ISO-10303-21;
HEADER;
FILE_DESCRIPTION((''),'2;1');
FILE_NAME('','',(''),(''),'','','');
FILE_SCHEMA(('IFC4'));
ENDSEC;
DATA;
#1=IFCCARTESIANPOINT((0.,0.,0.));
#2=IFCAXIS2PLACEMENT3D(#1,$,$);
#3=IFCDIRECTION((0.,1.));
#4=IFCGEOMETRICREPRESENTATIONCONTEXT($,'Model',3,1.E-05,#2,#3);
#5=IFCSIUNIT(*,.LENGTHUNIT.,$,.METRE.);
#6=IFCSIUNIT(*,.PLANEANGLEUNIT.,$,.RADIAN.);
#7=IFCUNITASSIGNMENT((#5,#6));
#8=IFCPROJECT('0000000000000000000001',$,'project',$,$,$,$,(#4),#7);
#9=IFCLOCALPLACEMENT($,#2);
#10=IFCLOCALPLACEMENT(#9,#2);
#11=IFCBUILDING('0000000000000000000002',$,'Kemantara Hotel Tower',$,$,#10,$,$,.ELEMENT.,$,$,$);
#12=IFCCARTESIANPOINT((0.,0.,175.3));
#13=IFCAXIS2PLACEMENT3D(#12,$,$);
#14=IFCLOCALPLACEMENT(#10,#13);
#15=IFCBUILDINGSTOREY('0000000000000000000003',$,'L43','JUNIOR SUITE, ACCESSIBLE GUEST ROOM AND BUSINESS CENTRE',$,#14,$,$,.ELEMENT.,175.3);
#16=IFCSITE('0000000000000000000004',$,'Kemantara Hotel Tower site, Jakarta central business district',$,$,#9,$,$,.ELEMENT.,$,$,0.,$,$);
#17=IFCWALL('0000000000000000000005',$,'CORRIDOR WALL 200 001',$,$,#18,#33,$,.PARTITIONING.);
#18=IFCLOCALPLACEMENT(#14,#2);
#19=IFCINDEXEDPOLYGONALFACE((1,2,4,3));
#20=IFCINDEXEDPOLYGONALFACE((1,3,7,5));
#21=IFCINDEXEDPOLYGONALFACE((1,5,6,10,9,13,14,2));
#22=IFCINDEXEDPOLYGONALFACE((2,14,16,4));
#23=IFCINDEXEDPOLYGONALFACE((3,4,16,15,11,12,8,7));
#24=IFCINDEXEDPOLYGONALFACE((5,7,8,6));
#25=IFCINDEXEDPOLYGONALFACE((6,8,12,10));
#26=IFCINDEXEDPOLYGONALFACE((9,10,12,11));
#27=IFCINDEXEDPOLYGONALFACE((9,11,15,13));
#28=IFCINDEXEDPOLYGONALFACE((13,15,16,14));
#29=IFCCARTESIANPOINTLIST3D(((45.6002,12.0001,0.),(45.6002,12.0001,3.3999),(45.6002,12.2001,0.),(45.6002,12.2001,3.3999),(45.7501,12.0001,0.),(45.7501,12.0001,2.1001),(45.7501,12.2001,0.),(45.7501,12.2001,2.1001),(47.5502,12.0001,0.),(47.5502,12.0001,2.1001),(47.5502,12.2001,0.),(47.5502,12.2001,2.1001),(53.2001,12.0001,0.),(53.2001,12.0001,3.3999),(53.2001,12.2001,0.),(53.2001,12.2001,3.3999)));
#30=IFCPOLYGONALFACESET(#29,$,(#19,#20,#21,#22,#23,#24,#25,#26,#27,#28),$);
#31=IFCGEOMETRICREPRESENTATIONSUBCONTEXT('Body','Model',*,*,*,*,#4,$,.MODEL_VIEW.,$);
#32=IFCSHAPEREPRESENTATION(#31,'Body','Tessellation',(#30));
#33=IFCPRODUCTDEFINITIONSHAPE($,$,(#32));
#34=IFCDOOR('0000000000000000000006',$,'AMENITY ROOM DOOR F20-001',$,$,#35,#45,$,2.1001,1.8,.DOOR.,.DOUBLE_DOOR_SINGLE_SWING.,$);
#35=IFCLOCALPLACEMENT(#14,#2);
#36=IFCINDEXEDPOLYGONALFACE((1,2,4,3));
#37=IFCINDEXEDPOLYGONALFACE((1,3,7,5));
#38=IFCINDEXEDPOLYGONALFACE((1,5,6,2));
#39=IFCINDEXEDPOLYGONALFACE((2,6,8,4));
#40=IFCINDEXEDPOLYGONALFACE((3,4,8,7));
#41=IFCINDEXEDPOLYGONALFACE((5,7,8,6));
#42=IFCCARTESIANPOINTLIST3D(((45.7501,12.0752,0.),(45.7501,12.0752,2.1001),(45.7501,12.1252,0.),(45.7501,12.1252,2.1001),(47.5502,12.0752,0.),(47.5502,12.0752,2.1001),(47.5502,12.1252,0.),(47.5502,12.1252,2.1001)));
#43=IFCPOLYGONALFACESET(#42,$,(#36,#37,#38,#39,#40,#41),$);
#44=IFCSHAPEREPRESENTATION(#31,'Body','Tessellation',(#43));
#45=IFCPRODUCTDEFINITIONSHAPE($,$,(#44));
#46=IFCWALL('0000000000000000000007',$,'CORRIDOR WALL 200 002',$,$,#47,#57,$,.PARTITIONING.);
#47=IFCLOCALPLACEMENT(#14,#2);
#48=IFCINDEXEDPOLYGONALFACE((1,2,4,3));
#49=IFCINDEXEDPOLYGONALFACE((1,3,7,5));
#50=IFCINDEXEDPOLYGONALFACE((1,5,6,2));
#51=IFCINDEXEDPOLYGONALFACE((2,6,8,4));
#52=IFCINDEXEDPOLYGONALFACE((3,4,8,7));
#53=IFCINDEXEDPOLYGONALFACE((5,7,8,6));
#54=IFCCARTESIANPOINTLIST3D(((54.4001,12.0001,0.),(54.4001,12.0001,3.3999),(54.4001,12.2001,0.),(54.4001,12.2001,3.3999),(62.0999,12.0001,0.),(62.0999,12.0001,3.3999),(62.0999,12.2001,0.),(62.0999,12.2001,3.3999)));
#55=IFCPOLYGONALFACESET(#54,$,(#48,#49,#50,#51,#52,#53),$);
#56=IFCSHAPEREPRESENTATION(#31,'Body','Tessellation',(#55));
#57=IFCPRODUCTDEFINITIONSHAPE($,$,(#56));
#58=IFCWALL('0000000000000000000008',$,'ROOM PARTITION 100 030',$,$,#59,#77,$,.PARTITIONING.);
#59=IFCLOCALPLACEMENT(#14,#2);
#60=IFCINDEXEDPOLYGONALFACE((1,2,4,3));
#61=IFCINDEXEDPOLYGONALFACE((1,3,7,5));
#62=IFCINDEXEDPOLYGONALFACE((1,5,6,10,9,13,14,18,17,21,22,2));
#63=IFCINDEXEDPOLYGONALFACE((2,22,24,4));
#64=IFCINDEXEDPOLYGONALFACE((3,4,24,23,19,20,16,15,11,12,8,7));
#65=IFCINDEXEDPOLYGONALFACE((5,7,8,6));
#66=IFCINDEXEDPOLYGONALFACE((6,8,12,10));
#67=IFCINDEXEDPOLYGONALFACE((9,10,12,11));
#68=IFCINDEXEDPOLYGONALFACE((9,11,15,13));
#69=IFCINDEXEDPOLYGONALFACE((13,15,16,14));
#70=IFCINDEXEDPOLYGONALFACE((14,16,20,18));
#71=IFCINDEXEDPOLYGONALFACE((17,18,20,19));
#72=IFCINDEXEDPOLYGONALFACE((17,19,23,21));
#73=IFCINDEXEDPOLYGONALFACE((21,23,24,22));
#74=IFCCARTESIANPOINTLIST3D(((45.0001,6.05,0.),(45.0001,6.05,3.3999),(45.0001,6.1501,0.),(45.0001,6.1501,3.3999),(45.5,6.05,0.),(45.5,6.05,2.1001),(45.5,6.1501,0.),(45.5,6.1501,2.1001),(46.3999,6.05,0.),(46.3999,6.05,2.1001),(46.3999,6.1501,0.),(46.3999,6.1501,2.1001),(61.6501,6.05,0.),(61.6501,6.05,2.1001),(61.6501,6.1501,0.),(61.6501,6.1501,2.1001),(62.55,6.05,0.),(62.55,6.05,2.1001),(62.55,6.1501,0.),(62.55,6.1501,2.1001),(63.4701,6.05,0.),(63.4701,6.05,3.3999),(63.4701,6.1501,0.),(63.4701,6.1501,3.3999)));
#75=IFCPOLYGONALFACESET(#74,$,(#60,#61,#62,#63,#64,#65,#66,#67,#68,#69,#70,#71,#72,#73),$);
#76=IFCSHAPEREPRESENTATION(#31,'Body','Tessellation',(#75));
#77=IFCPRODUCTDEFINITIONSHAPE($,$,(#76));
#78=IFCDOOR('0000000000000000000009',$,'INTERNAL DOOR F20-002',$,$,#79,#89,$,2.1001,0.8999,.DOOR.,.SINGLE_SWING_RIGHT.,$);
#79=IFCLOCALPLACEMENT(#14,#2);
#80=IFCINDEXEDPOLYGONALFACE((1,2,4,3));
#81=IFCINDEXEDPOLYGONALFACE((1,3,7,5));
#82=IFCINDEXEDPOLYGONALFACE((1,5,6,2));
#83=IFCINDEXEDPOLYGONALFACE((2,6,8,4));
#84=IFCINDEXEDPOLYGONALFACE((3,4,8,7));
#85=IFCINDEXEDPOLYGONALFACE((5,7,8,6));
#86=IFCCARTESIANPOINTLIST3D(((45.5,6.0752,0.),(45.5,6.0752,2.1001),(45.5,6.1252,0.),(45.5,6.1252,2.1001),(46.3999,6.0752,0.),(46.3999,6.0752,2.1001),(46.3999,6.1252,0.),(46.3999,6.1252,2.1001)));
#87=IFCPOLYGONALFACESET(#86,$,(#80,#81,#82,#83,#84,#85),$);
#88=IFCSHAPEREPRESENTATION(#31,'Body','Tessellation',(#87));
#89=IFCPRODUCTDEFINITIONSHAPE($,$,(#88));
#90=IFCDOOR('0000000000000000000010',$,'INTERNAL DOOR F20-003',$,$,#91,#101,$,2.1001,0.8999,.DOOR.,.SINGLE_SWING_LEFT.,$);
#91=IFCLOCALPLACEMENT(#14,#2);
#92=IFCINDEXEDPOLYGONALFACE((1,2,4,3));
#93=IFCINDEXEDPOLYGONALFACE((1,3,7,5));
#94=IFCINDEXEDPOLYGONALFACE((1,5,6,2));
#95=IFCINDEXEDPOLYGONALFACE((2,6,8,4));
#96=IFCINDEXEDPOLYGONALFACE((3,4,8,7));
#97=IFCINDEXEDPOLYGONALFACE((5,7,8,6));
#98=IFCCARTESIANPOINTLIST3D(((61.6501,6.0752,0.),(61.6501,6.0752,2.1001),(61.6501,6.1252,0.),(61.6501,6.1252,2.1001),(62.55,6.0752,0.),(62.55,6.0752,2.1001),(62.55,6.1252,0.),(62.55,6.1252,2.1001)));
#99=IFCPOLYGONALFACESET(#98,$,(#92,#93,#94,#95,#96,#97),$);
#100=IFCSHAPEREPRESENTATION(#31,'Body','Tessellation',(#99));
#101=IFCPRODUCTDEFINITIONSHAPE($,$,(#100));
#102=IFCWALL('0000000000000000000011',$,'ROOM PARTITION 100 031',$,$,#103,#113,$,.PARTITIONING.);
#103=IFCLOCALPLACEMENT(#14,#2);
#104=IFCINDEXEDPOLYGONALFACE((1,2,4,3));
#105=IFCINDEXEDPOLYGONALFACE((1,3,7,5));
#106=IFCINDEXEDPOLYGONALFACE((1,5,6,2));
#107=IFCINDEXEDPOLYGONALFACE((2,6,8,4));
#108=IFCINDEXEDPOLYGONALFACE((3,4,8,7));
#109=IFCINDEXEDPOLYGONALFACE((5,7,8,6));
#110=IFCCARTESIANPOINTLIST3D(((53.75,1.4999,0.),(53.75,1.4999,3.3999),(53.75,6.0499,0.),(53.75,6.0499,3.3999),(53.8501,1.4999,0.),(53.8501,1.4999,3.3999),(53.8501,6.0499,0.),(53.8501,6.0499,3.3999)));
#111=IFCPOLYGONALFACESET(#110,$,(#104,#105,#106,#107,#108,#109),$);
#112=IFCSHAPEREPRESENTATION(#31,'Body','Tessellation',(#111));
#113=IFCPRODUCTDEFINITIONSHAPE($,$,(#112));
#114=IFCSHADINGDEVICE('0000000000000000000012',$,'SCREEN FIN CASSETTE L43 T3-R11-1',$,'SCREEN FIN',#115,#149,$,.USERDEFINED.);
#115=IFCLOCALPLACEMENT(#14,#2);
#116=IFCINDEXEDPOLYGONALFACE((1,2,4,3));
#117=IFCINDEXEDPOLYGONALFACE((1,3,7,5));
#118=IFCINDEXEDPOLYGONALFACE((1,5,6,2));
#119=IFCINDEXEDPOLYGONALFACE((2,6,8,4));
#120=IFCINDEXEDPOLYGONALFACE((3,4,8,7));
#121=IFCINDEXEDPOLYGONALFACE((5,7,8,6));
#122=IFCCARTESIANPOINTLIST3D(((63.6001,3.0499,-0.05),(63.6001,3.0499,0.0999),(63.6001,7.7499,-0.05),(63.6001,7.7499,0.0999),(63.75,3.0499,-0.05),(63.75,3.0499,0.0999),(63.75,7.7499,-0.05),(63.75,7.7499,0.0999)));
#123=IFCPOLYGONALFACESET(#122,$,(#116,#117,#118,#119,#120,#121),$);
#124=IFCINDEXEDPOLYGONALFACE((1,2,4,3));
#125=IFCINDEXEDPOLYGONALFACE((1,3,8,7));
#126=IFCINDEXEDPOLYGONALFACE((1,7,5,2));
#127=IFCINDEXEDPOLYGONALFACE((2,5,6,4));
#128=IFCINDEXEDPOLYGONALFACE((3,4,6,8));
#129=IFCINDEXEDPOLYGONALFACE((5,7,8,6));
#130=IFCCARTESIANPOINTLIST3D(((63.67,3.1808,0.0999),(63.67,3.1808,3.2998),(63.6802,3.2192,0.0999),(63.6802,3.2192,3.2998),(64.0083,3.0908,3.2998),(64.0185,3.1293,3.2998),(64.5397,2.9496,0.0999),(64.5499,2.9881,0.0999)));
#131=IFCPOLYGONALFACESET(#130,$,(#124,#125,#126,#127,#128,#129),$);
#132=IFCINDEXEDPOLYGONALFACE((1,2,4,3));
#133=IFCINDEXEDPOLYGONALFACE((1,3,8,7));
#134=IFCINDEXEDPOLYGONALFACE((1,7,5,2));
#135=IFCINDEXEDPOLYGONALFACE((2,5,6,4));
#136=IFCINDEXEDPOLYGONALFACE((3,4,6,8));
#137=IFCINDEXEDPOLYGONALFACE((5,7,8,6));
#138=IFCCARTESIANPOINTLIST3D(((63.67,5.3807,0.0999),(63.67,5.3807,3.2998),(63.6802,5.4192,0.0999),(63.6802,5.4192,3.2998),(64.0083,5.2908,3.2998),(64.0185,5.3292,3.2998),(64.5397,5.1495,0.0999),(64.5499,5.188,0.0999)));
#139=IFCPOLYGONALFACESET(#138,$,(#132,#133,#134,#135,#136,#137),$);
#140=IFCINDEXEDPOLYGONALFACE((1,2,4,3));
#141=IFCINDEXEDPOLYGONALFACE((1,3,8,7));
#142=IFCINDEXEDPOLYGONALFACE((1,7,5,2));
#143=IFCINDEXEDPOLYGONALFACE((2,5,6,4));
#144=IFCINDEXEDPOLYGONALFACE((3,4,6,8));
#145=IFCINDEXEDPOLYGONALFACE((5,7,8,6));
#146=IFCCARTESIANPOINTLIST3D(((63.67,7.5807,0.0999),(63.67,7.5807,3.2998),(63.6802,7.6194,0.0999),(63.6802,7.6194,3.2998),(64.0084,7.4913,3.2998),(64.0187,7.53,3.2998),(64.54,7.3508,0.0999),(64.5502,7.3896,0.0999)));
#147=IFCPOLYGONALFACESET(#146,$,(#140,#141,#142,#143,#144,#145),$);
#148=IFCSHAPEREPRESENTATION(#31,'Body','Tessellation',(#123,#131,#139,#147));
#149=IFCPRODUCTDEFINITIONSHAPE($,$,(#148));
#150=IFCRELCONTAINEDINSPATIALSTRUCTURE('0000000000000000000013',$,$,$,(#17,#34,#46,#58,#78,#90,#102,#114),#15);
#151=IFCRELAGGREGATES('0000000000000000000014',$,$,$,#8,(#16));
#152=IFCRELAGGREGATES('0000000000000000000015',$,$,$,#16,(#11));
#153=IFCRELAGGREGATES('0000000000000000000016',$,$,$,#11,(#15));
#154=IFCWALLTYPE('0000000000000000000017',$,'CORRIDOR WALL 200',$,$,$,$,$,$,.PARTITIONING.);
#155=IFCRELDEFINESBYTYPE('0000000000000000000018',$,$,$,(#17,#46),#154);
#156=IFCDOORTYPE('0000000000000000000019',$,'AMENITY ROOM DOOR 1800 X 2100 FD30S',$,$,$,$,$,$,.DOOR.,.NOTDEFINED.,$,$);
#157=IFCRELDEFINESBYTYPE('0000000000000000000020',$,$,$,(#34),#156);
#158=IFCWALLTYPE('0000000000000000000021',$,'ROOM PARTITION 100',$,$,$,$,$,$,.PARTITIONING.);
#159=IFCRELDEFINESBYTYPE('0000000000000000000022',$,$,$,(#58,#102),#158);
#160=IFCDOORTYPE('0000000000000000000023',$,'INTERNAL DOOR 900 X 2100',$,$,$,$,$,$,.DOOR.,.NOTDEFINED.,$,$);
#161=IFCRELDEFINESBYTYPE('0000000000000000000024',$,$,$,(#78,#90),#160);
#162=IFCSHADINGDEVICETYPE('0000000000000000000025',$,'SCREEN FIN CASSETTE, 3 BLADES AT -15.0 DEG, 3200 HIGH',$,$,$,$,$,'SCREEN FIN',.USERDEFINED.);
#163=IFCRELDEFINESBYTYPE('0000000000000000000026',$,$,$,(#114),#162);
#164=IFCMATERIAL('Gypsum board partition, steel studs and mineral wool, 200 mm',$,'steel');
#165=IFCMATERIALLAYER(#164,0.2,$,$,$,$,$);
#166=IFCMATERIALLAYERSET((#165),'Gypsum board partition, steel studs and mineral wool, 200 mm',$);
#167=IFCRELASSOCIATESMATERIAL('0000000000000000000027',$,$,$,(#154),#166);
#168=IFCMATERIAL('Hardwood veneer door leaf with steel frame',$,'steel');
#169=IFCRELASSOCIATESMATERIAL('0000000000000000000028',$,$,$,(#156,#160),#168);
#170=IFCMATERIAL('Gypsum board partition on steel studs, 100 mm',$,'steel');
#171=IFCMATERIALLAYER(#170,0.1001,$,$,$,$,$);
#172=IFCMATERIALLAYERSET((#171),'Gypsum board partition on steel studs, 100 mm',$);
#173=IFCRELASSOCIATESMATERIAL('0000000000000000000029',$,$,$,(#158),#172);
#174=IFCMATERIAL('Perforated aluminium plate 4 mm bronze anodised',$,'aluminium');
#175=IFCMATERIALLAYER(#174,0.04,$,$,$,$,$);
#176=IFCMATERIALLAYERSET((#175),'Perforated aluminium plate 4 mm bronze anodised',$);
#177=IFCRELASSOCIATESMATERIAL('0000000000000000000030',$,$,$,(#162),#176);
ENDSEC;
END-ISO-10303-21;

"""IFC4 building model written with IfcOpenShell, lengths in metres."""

from ifc_helpers import new_model, si_unit, direction, frame, frame_2d, origin, origin_2d, place, context, subcontext, project, spatial, polyline, rectangle, outline, extrude, source, transform, mapped, material, layer, layer_set, type_object, element, fill, save


model = new_model("IFC4")

# Units and contexts
model_context = context("Model", 3, precision=1e-05, world=origin(), true_north=direction((0.0, 1.0)))
body_context = subcontext(model_context, "Body", "Model", "MODEL_VIEW")
ifc_project = project(units=[si_unit("LENGTHUNIT", "METRE"), si_unit("PLANEANGLEUNIT", "RADIAN")], contexts=[model_context])

# Site, building, storey
site_placement = place(None, origin())
site = spatial("IfcSite", under=ifc_project, at=site_placement, Name="Kemantara Hotel Tower site, Jakarta central business district", CompositionType="ELEMENT", RefElevation=0.0)
building_placement = place(site_placement, origin())
building = spatial("IfcBuilding", under=site, at=building_placement, Name="Kemantara Hotel Tower", CompositionType="ELEMENT")
storey_placement = place(building_placement, frame((0.0, 0.0, 175.3)))
storey = spatial("IfcBuildingStorey", under=building, at=storey_placement, Name="L43", Description="JUNIOR SUITE, ACCESSIBLE GUEST ROOM AND BUSINESS CENTRE", CompositionType="ELEMENT", Elevation=175.3)

# Wall, opening, door
ifc_material_1 = material(Name="Gypsum board partition, steel studs and mineral wool, 200 mm", Category="steel")
ifc_layer_1 = layer(ifc_material_1, 0.2)
ifc_layer_set_1 = layer_set([ifc_layer_1], Name="Gypsum board partition, steel studs and mineral wool, 200 mm")
wall_type_1 = type_object("IfcWallType", Name="CORRIDOR WALL 200", PredefinedType="PARTITIONING", material=ifc_layer_set_1)
wall_1_placement = place(storey_placement, frame((53.2, 12.1001, 0.0), z_axis=(0.0, 0.0, 1.0), x_axis=(-1.0, 0.0, 0.0)))
wall_1 = element("IfcWall", 1, at=wall_1_placement, inside=storey, type_object=wall_type_1, Name="CORRIDOR WALL 200 001", PredefinedType="PARTITIONING", context=body_context, shape_type="SweptSolid", body=[
    extrude(rectangle(XDim=7.5999, YDim=0.2, at=frame_2d((3.7998, 0.0))), origin(), (0.0, 0.0, 1.0), 3.3999),
])
opening_1_placement = place(wall_1_placement, frame((5.6499, 0.0, 0.0)))
opening_1 = element("IfcOpeningElement", 2, at=opening_1_placement, cuts=wall_1, PredefinedType="OPENING", context=body_context, shape_type="SweptSolid", body=[
    extrude(rectangle(XDim=1.8, YDim=2.1001, at=frame_2d((0.8999, 1.05))), frame((0.0, 0.1099, 0.0), z_axis=(0.0, -1.0, 0.0), x_axis=(1.0, 0.0, 0.0)), (0.0, 0.0, 1.0), 0.22),
])
ifc_material_2 = material(Name="Hardwood veneer door leaf with steel frame", Category="steel")
door_type_1 = type_object("IfcDoorType", Name="AMENITY ROOM DOOR 1800 X 2100 FD30S", OperationType="NOTDEFINED", PredefinedType="DOOR", material=ifc_material_2)
door_1_placement = place(opening_1_placement, origin())
door_1 = element("IfcDoor", 3, at=door_1_placement, inside=storey, type_object=door_type_1, Name="AMENITY ROOM DOOR F20-001", OperationType="DOUBLE_DOOR_SINGLE_SWING", OverallHeight=2.1001, OverallWidth=1.8, PredefinedType="DOOR", context=body_context, shape_type="SweptSolid", body=[
    extrude(rectangle(XDim=1.8, YDim=2.1001, at=frame_2d((0.8999, 1.05))), frame((0.0, 0.0249, 0.0), z_axis=(0.0, -1.0, 0.0), x_axis=(1.0, 0.0, 0.0)), (0.0, 0.0, 1.0), 0.05),
])
fill(opening_1, door_1)

# Wall
wall_2_placement = place(storey_placement, frame((54.4001, 12.1001, 0.0), z_axis=(0.0, 0.0, 1.0), x_axis=(1.0, 0.0, 0.0)))
element("IfcWall", 4, at=wall_2_placement, inside=storey, type_object=wall_type_1, Name="CORRIDOR WALL 200 002", PredefinedType="PARTITIONING", context=body_context, shape_type="SweptSolid", body=[
    extrude(rectangle(XDim=7.6997, YDim=0.2, at=frame_2d((3.8499, 0.0))), origin(), (0.0, 0.0, 1.0), 3.3999),
])

# Wall, openings, doors
ifc_material_3 = material(Name="Gypsum board partition on steel studs, 100 mm", Category="steel")
ifc_layer_2 = layer(ifc_material_3, 0.1001)
ifc_layer_set_2 = layer_set([ifc_layer_2], Name="Gypsum board partition on steel studs, 100 mm")
wall_type_2 = type_object("IfcWallType", Name="ROOM PARTITION 100", PredefinedType="PARTITIONING", material=ifc_layer_set_2)
wall_3_placement = place(storey_placement, frame((63.47, 6.1001, 0.0), z_axis=(0.0, 0.0, 1.0), x_axis=(-1.0, 0.0, 0.0)))
wall_3 = element("IfcWall", 5, at=wall_3_placement, inside=storey, type_object=wall_type_2, Name="ROOM PARTITION 100 030", PredefinedType="PARTITIONING", context=body_context, shape_type="SweptSolid", body=[
    extrude(rectangle(XDim=18.47, YDim=0.1001, at=frame_2d((9.2349, 0.0))), origin(), (0.0, 0.0, 1.0), 3.3999),
])
opening_2_placement = place(wall_3_placement, frame((17.0701, 0.0, 0.0)))
opening_2 = element("IfcOpeningElement", 6, at=opening_2_placement, cuts=wall_3, PredefinedType="OPENING", context=body_context, shape_type="SweptSolid", body=[
    extrude(rectangle(XDim=0.8999, YDim=2.1001, at=frame_2d((0.45, 1.05))), frame((0.0, 0.0601, 0.0), z_axis=(0.0, -1.0, 0.0), x_axis=(1.0, 0.0, 0.0)), (0.0, 0.0, 1.0), 0.1201),
])
opening_3_placement = place(wall_3_placement, frame((0.9199, 0.0, 0.0)))
opening_3 = element("IfcOpeningElement", 7, at=opening_3_placement, cuts=wall_3, PredefinedType="OPENING", context=body_context, shape_type="SweptSolid", body=[
    extrude(rectangle(XDim=0.8999, YDim=2.1001, at=frame_2d((0.45, 1.05))), frame((0.0, 0.0601, 0.0), z_axis=(0.0, -1.0, 0.0), x_axis=(1.0, 0.0, 0.0)), (0.0, 0.0, 1.0), 0.1201),
])
door_type_2 = type_object("IfcDoorType", Name="INTERNAL DOOR 900 X 2100", OperationType="NOTDEFINED", PredefinedType="DOOR", material=ifc_material_2)
door_2_placement = place(opening_2_placement, origin())
door_2 = element("IfcDoor", 8, at=door_2_placement, inside=storey, type_object=door_type_2, Name="INTERNAL DOOR F20-002", OperationType="SINGLE_SWING_RIGHT", OverallHeight=2.1001, OverallWidth=0.8999, PredefinedType="DOOR", context=body_context, shape_type="SweptSolid", body=[
    extrude(rectangle(XDim=0.8999, YDim=2.1001, at=frame_2d((0.45, 1.05))), frame((0.0, 0.0249, 0.0), z_axis=(0.0, -1.0, 0.0), x_axis=(1.0, 0.0, 0.0)), (0.0, 0.0, 1.0), 0.05),
])
fill(opening_2, door_2)
door_3_placement = place(opening_3_placement, origin())
door_3 = element("IfcDoor", 9, at=door_3_placement, inside=storey, type_object=door_type_2, Name="INTERNAL DOOR F20-003", OperationType="SINGLE_SWING_LEFT", OverallHeight=2.1001, OverallWidth=0.8999, PredefinedType="DOOR", context=body_context, shape_type="SweptSolid", body=[
    extrude(rectangle(XDim=0.8999, YDim=2.1001, at=frame_2d((0.45, 1.05))), frame((0.0, 0.0249, 0.0), z_axis=(0.0, -1.0, 0.0), x_axis=(1.0, 0.0, 0.0)), (0.0, 0.0, 1.0), 0.05),
])
fill(opening_3, door_3)

# Wall
wall_4_placement = place(storey_placement, frame((53.8, 1.5, 0.0), z_axis=(0.0, 0.0, 1.0), x_axis=(0.0, 1.0, 0.0)))
element("IfcWall", 10, at=wall_4_placement, inside=storey, type_object=wall_type_2, Name="ROOM PARTITION 100 031", PredefinedType="PARTITIONING", context=body_context, shape_type="SweptSolid", body=[
    extrude(rectangle(XDim=4.55, YDim=0.1001, at=frame_2d((2.2749, 0.0))), origin(), (0.0, 0.0, 1.0), 3.3999),
])

# Shading device
ifc_material_4 = material(Name="Perforated aluminium plate 4 mm bronze anodised", Category="aluminium")
ifc_layer_3 = layer(ifc_material_4, 0.04)
ifc_layer_set_3 = layer_set([ifc_layer_3], Name="Perforated aluminium plate 4 mm bronze anodised")
shading_device_type_1 = type_object("IfcShadingDeviceType", Name="SCREEN FIN CASSETTE, 3 BLADES AT -15.0 DEG, 3200 HIGH", ElementType="SCREEN FIN", PredefinedType="USERDEFINED", material=ifc_layer_set_3)
shared_shape_1 = source(origin(), body_context, "Body", "SweptSolid", [
    extrude(rectangle(XDim=4.7, YDim=0.1499, at=origin_2d()), frame((2.2, -0.075, -0.1499), z_axis=(0.0, 0.0, 1.0), x_axis=(1.0, 0.0, 0.0)), (0.0, 0.0, 1.0), 0.1499),
    extrude(outline(polyline([(0.0, 0.0), (0.8999, 0.0), (0.3501, 3.2), (0.0, 3.2), (0.0, 0.0)])), frame((0.0193, -0.0801, 0.0), z_axis=(-0.966438, 0.256901, 0.0), x_axis=(-0.256901, -0.966438, 0.0)), (0.0, 0.0, 1.0), 0.0398),
    extrude(outline(polyline([(0.0, 0.0), (0.8999, 0.0), (0.3501, 3.2), (0.0, 3.2), (0.0, 0.0)])), frame((2.2192, -0.0801, 0.0), z_axis=(-0.966438, 0.256901, 0.0), x_axis=(-0.256901, -0.966438, 0.0)), (0.0, 0.0, 1.0), 0.0398),
    extrude(outline(polyline([(0.0, 0.0), (0.8999, 0.0), (0.3501, 3.2), (0.0, 3.2), (0.0, 0.0)])), frame((4.4194, -0.0801, 0.0), z_axis=(-0.966838, 0.255391, 0.0), x_axis=(-0.255391, -0.966838, 0.0)), (0.0, 0.0, 1.0), 0.04),
])
shading_device_1_placement = place(storey_placement, frame((63.6001, 3.2, 0.0999), z_axis=(0.0, 0.0, 1.0), x_axis=(0.0, 1.0, 0.0)))
element("IfcShadingDevice", 11, at=shading_device_1_placement, inside=storey, type_object=shading_device_type_1, Name="SCREEN FIN CASSETTE L43 T3-R11-1", ObjectType="SCREEN FIN", PredefinedType="USERDEFINED", context=body_context, shape_type="MappedRepresentation", body=[
    mapped(shared_shape_1, transform((0.0, 0.0, 0.0))),
])

save(model, "model.ifc")
